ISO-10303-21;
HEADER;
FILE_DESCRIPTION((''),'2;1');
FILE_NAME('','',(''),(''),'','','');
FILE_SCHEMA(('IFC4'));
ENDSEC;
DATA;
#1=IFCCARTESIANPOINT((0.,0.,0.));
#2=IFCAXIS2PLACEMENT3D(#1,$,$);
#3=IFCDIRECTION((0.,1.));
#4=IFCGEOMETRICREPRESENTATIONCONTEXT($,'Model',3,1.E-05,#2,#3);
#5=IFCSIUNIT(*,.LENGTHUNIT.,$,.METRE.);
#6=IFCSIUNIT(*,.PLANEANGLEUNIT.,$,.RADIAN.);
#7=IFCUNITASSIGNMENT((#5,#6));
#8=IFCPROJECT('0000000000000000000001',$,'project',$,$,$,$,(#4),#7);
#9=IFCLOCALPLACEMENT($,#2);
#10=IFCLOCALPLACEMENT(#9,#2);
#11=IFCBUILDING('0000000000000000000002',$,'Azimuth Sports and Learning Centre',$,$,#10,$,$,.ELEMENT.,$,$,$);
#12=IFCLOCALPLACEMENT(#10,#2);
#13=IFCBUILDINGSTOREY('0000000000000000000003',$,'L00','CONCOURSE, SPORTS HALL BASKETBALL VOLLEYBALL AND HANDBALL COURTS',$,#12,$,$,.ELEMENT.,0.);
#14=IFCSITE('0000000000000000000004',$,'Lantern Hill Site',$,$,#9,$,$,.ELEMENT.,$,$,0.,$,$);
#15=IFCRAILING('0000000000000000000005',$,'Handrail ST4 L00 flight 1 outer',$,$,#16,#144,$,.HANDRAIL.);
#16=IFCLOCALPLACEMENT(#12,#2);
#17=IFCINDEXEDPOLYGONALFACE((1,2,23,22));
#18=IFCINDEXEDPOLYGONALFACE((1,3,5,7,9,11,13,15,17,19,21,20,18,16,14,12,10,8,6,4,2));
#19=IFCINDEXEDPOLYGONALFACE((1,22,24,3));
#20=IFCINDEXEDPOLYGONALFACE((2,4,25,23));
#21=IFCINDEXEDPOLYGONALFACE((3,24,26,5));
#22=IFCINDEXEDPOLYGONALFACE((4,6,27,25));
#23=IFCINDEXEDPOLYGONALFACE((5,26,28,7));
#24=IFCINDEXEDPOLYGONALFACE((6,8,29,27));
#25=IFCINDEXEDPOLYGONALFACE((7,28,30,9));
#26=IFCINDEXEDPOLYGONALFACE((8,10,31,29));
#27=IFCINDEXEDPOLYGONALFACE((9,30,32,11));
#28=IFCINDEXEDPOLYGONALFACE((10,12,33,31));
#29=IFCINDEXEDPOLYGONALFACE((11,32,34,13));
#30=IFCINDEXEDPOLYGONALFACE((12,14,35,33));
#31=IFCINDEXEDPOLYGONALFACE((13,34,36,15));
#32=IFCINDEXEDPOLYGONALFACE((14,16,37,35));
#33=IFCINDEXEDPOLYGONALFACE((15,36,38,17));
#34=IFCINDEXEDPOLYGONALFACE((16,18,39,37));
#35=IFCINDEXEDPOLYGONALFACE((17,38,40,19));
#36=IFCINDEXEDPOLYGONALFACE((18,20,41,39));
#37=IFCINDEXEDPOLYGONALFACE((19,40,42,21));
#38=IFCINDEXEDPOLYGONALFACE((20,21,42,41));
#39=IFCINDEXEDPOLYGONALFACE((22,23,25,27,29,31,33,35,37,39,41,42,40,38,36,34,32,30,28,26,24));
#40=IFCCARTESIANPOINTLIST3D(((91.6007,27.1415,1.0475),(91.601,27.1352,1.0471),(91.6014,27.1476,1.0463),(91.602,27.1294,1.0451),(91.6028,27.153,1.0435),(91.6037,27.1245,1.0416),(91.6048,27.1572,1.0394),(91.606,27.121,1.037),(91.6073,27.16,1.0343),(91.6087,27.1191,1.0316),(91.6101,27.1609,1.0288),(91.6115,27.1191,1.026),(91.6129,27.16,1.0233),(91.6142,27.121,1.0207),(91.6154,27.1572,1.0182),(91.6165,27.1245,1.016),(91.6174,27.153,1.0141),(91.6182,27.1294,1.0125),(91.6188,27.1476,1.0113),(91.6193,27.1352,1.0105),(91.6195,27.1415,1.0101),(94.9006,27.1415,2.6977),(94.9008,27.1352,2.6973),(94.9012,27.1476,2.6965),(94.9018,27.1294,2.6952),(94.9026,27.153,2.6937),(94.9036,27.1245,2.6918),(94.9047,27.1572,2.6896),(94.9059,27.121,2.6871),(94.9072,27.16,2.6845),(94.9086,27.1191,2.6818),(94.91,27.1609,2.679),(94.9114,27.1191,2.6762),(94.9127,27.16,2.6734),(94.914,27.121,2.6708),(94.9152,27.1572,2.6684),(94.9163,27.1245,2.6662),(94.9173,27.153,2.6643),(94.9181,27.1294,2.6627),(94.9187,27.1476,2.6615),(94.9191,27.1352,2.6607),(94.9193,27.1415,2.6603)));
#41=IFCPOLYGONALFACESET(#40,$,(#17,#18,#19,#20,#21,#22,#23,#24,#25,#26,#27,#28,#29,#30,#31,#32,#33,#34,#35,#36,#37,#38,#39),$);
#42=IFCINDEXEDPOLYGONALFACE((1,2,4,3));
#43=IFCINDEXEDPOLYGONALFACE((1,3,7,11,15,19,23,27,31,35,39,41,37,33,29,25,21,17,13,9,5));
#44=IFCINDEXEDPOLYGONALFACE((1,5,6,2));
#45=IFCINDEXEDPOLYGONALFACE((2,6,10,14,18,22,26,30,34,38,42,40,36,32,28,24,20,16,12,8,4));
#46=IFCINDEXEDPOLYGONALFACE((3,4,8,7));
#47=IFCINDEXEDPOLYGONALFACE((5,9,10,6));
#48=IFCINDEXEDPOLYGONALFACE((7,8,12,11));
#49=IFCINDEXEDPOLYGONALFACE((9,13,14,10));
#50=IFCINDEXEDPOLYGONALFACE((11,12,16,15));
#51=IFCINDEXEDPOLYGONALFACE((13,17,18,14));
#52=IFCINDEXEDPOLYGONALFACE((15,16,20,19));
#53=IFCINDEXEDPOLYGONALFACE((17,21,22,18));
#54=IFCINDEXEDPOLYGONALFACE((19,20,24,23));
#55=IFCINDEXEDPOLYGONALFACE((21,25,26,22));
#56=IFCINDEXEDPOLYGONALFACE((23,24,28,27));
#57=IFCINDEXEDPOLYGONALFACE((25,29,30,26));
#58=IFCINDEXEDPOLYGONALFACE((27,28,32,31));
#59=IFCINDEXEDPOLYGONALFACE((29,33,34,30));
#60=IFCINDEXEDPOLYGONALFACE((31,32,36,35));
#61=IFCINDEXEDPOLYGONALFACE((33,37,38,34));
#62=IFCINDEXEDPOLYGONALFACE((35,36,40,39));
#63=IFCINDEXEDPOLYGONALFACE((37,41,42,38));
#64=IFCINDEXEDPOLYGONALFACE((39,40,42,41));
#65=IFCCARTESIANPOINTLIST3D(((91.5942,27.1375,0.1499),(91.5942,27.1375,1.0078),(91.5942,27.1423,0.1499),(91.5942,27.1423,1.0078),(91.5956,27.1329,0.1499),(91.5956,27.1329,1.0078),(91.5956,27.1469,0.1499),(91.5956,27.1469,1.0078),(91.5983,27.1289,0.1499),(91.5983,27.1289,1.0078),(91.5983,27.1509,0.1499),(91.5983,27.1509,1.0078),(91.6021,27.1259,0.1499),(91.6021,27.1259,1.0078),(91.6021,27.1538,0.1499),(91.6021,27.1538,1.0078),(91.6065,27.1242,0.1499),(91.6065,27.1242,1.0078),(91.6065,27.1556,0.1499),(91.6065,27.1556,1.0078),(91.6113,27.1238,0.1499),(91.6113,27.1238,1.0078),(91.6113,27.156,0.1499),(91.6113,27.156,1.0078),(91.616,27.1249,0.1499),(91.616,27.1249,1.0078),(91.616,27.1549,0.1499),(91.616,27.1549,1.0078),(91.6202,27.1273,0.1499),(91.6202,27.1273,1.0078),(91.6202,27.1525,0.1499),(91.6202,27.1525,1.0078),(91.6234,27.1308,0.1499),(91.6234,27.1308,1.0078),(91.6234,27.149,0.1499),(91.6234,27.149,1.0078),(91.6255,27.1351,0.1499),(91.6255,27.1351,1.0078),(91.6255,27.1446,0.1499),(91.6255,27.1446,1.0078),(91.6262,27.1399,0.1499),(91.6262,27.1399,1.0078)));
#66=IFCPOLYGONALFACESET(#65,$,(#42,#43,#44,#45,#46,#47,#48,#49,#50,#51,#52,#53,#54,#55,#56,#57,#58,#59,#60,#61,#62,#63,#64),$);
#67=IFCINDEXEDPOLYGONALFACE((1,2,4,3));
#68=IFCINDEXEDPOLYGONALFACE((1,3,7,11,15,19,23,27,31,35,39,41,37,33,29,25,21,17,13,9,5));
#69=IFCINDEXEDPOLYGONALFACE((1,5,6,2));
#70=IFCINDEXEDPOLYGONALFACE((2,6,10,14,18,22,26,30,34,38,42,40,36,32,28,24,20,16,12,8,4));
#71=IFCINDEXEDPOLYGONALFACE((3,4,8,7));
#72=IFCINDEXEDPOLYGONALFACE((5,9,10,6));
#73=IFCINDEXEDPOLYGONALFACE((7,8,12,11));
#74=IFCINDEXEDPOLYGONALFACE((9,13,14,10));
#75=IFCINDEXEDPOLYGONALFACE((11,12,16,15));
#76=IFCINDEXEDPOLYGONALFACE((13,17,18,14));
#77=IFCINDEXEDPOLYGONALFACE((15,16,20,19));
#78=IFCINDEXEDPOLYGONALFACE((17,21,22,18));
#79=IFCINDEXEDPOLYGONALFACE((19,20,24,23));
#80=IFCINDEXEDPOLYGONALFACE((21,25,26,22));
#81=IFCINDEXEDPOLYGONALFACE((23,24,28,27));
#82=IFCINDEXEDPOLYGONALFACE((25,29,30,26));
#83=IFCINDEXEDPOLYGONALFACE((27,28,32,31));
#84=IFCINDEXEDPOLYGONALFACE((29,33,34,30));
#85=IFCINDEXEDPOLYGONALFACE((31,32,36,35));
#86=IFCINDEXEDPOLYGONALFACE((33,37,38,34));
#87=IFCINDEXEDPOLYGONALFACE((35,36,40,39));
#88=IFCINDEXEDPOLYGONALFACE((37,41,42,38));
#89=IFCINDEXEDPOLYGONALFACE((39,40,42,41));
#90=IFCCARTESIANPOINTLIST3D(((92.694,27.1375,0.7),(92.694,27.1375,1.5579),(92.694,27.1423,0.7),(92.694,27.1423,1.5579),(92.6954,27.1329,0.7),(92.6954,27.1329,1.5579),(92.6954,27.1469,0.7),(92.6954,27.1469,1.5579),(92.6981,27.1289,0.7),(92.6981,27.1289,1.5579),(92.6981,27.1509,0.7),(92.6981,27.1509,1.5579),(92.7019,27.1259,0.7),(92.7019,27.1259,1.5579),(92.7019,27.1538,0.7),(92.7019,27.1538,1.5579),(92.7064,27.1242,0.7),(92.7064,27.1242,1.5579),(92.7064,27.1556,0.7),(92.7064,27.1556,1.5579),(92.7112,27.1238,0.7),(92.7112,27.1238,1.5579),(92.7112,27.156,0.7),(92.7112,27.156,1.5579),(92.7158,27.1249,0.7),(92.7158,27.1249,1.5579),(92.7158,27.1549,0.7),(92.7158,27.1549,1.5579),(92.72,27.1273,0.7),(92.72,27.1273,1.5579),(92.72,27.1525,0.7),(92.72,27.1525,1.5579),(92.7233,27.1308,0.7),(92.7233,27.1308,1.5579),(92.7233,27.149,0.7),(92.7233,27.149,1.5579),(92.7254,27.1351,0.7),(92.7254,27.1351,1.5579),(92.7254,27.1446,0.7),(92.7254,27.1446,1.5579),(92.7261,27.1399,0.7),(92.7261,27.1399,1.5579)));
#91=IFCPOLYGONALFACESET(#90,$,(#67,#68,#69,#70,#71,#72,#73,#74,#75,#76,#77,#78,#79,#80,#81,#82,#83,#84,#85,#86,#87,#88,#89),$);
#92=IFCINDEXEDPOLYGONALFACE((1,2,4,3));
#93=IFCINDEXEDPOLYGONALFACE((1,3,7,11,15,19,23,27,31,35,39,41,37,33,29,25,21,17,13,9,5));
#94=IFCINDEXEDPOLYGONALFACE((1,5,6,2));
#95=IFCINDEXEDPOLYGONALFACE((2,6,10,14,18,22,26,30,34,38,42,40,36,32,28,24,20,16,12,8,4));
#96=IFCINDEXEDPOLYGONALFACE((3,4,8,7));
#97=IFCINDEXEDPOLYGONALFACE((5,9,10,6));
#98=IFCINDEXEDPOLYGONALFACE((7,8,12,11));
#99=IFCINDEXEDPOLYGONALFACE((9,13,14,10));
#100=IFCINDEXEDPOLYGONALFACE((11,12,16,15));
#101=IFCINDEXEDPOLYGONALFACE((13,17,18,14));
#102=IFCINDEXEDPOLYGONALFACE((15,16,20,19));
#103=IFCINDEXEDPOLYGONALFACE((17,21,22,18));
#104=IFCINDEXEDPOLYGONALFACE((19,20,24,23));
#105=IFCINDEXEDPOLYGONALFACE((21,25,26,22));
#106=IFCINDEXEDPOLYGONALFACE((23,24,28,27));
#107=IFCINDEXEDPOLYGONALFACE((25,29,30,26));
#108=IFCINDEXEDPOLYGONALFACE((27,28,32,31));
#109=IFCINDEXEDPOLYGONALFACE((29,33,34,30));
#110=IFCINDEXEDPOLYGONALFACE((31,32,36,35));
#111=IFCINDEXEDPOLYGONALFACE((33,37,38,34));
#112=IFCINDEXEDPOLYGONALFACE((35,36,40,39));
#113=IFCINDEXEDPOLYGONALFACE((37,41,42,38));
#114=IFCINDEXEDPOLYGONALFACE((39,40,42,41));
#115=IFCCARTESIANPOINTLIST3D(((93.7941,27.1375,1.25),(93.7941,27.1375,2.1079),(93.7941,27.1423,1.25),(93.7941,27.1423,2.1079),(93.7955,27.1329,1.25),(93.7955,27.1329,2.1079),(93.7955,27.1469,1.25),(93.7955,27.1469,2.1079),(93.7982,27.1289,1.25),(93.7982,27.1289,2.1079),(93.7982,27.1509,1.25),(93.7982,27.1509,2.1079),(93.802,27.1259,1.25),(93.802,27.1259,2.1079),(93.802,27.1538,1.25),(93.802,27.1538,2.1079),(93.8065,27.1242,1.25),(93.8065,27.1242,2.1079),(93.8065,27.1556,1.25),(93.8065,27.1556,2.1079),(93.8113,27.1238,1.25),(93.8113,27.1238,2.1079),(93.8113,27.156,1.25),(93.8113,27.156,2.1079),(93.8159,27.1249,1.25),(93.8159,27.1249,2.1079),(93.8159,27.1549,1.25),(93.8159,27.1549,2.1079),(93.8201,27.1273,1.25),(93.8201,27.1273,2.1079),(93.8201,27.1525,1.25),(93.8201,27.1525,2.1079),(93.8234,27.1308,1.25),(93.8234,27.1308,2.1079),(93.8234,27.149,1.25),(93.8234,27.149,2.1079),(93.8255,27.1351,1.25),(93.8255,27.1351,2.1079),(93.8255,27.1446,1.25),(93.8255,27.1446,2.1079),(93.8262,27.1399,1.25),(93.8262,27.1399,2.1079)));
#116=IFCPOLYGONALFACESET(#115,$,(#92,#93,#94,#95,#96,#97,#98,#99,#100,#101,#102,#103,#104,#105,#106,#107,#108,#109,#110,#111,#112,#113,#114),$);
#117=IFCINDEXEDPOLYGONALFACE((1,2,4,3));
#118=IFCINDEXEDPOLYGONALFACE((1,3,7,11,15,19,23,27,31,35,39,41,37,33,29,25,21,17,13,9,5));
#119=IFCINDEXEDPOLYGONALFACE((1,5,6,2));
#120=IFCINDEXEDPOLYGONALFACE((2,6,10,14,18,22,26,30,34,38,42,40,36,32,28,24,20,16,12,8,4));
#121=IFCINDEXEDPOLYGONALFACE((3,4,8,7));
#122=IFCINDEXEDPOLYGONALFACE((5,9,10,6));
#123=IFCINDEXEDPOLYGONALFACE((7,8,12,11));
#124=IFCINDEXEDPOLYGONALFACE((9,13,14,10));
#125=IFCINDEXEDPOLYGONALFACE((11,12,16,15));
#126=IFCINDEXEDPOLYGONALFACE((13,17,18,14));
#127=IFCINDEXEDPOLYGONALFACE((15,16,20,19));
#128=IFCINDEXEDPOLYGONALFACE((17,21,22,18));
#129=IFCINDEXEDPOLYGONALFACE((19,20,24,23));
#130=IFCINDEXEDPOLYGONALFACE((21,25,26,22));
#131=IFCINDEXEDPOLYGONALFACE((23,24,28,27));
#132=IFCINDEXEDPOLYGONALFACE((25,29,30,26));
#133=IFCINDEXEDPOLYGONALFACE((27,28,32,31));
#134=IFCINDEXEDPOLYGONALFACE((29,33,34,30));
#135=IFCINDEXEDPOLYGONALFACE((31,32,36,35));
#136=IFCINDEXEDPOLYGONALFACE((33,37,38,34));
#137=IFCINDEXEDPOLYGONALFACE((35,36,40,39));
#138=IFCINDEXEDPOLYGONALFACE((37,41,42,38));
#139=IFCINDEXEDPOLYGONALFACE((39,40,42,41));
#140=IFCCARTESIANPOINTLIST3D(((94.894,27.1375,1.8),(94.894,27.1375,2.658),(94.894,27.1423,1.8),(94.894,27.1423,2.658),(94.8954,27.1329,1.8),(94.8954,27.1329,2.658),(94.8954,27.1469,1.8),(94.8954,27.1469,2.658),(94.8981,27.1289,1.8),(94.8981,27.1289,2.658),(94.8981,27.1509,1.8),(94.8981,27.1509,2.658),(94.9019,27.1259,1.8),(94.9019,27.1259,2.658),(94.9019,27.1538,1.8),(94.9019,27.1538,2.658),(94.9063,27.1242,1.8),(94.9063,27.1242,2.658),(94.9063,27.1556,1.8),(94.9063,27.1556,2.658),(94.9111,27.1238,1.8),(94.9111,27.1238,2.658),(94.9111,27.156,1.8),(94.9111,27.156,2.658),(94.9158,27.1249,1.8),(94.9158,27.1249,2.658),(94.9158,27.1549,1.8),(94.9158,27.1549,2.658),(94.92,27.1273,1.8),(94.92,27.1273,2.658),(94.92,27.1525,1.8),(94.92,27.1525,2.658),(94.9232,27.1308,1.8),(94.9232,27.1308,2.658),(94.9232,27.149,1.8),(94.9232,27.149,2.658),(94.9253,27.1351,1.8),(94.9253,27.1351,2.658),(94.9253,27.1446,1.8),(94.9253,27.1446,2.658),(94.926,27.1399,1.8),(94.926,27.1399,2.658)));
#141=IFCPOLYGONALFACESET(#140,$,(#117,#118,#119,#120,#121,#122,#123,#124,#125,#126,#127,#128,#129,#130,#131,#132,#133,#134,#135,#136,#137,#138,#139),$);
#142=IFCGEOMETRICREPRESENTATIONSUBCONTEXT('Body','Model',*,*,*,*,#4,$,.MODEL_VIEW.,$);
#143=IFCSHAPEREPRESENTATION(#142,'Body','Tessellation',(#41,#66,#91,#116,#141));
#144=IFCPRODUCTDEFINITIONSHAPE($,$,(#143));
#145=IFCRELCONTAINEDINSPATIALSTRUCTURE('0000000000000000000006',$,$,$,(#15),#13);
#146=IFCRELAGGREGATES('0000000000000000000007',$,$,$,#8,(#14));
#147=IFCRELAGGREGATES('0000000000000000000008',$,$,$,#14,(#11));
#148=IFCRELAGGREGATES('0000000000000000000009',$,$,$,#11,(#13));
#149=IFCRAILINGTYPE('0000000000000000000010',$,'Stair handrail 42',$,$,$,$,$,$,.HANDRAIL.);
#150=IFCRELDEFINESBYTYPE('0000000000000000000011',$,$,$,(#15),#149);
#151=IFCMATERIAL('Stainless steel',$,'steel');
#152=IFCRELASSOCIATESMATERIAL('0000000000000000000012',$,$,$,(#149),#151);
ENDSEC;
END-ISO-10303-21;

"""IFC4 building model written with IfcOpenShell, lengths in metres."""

from ifc_helpers import new_model, si_unit, direction, frame, origin, origin_2d, place, context, subcontext, project, spatial, circle, extrude, material, type_object, element, save


model = new_model("IFC4")

# Units and contexts
model_context = context("Model", 3, precision=1e-05, world=origin(), true_north=direction((0.0, 1.0)))
body_context = subcontext(model_context, "Body", "Model", "MODEL_VIEW")
ifc_project = project(units=[si_unit("LENGTHUNIT", "METRE"), si_unit("PLANEANGLEUNIT", "RADIAN")], contexts=[model_context])

# Site, building, storey
site_placement = place(None, origin())
site = spatial("IfcSite", under=ifc_project, at=site_placement, Name="Lantern Hill Site", CompositionType="ELEMENT", RefElevation=0.0)
building_placement = place(site_placement, origin())
building = spatial("IfcBuilding", under=site, at=building_placement, Name="Azimuth Sports and Learning Centre", CompositionType="ELEMENT")
storey_placement = place(building_placement, origin())
storey = spatial("IfcBuildingStorey", under=building, at=storey_placement, Name="L00", Description="CONCOURSE, SPORTS HALL BASKETBALL VOLLEYBALL AND HANDBALL COURTS", CompositionType="ELEMENT", Elevation=0.0)

# Railing
ifc_material_1 = material(Name="Stainless steel", Category="steel")
railing_type_1 = type_object("IfcRailingType", Name="Stair handrail 42", PredefinedType="HANDRAIL", material=ifc_material_1)
for number, where, name in (
    (1, (91.6101, 27.1399, 0.1499), "Handrail ST4 L00 flight 1 outer"),
):
    element("IfcRailing", number, at=place(storey_placement, frame(where)), inside=storey, type_object=railing_type_1, Name=name, PredefinedType="HANDRAIL", context=body_context, shape_type="SweptSolid", body=[
        extrude(circle(Radius=0.021, at=origin_2d()), frame((0.0, 0.0, 0.8789), z_axis=(0.894401, 0.0, 0.447267), x_axis=(0.0, 1.0, 0.0)), (0.0, 0.0, 1.0), 3.6895),
        extrude(circle(Radius=0.0161, at=origin_2d()), origin(), (0.0, 0.0, 1.0), 0.8579),
        extrude(circle(Radius=0.0161, at=origin_2d()), frame((1.0999, 0.0, 0.55)), (0.0, 0.0, 1.0), 0.8579),
        extrude(circle(Radius=0.0161, at=origin_2d()), frame((2.2, 0.0, 1.1001)), (0.0, 0.0, 1.0), 0.8579),
        extrude(circle(Radius=0.0161, at=origin_2d()), frame((3.2998, 0.0, 1.6501)), (0.0, 0.0, 1.0), 0.8579),
    ])

save(model, "model.ifc")
